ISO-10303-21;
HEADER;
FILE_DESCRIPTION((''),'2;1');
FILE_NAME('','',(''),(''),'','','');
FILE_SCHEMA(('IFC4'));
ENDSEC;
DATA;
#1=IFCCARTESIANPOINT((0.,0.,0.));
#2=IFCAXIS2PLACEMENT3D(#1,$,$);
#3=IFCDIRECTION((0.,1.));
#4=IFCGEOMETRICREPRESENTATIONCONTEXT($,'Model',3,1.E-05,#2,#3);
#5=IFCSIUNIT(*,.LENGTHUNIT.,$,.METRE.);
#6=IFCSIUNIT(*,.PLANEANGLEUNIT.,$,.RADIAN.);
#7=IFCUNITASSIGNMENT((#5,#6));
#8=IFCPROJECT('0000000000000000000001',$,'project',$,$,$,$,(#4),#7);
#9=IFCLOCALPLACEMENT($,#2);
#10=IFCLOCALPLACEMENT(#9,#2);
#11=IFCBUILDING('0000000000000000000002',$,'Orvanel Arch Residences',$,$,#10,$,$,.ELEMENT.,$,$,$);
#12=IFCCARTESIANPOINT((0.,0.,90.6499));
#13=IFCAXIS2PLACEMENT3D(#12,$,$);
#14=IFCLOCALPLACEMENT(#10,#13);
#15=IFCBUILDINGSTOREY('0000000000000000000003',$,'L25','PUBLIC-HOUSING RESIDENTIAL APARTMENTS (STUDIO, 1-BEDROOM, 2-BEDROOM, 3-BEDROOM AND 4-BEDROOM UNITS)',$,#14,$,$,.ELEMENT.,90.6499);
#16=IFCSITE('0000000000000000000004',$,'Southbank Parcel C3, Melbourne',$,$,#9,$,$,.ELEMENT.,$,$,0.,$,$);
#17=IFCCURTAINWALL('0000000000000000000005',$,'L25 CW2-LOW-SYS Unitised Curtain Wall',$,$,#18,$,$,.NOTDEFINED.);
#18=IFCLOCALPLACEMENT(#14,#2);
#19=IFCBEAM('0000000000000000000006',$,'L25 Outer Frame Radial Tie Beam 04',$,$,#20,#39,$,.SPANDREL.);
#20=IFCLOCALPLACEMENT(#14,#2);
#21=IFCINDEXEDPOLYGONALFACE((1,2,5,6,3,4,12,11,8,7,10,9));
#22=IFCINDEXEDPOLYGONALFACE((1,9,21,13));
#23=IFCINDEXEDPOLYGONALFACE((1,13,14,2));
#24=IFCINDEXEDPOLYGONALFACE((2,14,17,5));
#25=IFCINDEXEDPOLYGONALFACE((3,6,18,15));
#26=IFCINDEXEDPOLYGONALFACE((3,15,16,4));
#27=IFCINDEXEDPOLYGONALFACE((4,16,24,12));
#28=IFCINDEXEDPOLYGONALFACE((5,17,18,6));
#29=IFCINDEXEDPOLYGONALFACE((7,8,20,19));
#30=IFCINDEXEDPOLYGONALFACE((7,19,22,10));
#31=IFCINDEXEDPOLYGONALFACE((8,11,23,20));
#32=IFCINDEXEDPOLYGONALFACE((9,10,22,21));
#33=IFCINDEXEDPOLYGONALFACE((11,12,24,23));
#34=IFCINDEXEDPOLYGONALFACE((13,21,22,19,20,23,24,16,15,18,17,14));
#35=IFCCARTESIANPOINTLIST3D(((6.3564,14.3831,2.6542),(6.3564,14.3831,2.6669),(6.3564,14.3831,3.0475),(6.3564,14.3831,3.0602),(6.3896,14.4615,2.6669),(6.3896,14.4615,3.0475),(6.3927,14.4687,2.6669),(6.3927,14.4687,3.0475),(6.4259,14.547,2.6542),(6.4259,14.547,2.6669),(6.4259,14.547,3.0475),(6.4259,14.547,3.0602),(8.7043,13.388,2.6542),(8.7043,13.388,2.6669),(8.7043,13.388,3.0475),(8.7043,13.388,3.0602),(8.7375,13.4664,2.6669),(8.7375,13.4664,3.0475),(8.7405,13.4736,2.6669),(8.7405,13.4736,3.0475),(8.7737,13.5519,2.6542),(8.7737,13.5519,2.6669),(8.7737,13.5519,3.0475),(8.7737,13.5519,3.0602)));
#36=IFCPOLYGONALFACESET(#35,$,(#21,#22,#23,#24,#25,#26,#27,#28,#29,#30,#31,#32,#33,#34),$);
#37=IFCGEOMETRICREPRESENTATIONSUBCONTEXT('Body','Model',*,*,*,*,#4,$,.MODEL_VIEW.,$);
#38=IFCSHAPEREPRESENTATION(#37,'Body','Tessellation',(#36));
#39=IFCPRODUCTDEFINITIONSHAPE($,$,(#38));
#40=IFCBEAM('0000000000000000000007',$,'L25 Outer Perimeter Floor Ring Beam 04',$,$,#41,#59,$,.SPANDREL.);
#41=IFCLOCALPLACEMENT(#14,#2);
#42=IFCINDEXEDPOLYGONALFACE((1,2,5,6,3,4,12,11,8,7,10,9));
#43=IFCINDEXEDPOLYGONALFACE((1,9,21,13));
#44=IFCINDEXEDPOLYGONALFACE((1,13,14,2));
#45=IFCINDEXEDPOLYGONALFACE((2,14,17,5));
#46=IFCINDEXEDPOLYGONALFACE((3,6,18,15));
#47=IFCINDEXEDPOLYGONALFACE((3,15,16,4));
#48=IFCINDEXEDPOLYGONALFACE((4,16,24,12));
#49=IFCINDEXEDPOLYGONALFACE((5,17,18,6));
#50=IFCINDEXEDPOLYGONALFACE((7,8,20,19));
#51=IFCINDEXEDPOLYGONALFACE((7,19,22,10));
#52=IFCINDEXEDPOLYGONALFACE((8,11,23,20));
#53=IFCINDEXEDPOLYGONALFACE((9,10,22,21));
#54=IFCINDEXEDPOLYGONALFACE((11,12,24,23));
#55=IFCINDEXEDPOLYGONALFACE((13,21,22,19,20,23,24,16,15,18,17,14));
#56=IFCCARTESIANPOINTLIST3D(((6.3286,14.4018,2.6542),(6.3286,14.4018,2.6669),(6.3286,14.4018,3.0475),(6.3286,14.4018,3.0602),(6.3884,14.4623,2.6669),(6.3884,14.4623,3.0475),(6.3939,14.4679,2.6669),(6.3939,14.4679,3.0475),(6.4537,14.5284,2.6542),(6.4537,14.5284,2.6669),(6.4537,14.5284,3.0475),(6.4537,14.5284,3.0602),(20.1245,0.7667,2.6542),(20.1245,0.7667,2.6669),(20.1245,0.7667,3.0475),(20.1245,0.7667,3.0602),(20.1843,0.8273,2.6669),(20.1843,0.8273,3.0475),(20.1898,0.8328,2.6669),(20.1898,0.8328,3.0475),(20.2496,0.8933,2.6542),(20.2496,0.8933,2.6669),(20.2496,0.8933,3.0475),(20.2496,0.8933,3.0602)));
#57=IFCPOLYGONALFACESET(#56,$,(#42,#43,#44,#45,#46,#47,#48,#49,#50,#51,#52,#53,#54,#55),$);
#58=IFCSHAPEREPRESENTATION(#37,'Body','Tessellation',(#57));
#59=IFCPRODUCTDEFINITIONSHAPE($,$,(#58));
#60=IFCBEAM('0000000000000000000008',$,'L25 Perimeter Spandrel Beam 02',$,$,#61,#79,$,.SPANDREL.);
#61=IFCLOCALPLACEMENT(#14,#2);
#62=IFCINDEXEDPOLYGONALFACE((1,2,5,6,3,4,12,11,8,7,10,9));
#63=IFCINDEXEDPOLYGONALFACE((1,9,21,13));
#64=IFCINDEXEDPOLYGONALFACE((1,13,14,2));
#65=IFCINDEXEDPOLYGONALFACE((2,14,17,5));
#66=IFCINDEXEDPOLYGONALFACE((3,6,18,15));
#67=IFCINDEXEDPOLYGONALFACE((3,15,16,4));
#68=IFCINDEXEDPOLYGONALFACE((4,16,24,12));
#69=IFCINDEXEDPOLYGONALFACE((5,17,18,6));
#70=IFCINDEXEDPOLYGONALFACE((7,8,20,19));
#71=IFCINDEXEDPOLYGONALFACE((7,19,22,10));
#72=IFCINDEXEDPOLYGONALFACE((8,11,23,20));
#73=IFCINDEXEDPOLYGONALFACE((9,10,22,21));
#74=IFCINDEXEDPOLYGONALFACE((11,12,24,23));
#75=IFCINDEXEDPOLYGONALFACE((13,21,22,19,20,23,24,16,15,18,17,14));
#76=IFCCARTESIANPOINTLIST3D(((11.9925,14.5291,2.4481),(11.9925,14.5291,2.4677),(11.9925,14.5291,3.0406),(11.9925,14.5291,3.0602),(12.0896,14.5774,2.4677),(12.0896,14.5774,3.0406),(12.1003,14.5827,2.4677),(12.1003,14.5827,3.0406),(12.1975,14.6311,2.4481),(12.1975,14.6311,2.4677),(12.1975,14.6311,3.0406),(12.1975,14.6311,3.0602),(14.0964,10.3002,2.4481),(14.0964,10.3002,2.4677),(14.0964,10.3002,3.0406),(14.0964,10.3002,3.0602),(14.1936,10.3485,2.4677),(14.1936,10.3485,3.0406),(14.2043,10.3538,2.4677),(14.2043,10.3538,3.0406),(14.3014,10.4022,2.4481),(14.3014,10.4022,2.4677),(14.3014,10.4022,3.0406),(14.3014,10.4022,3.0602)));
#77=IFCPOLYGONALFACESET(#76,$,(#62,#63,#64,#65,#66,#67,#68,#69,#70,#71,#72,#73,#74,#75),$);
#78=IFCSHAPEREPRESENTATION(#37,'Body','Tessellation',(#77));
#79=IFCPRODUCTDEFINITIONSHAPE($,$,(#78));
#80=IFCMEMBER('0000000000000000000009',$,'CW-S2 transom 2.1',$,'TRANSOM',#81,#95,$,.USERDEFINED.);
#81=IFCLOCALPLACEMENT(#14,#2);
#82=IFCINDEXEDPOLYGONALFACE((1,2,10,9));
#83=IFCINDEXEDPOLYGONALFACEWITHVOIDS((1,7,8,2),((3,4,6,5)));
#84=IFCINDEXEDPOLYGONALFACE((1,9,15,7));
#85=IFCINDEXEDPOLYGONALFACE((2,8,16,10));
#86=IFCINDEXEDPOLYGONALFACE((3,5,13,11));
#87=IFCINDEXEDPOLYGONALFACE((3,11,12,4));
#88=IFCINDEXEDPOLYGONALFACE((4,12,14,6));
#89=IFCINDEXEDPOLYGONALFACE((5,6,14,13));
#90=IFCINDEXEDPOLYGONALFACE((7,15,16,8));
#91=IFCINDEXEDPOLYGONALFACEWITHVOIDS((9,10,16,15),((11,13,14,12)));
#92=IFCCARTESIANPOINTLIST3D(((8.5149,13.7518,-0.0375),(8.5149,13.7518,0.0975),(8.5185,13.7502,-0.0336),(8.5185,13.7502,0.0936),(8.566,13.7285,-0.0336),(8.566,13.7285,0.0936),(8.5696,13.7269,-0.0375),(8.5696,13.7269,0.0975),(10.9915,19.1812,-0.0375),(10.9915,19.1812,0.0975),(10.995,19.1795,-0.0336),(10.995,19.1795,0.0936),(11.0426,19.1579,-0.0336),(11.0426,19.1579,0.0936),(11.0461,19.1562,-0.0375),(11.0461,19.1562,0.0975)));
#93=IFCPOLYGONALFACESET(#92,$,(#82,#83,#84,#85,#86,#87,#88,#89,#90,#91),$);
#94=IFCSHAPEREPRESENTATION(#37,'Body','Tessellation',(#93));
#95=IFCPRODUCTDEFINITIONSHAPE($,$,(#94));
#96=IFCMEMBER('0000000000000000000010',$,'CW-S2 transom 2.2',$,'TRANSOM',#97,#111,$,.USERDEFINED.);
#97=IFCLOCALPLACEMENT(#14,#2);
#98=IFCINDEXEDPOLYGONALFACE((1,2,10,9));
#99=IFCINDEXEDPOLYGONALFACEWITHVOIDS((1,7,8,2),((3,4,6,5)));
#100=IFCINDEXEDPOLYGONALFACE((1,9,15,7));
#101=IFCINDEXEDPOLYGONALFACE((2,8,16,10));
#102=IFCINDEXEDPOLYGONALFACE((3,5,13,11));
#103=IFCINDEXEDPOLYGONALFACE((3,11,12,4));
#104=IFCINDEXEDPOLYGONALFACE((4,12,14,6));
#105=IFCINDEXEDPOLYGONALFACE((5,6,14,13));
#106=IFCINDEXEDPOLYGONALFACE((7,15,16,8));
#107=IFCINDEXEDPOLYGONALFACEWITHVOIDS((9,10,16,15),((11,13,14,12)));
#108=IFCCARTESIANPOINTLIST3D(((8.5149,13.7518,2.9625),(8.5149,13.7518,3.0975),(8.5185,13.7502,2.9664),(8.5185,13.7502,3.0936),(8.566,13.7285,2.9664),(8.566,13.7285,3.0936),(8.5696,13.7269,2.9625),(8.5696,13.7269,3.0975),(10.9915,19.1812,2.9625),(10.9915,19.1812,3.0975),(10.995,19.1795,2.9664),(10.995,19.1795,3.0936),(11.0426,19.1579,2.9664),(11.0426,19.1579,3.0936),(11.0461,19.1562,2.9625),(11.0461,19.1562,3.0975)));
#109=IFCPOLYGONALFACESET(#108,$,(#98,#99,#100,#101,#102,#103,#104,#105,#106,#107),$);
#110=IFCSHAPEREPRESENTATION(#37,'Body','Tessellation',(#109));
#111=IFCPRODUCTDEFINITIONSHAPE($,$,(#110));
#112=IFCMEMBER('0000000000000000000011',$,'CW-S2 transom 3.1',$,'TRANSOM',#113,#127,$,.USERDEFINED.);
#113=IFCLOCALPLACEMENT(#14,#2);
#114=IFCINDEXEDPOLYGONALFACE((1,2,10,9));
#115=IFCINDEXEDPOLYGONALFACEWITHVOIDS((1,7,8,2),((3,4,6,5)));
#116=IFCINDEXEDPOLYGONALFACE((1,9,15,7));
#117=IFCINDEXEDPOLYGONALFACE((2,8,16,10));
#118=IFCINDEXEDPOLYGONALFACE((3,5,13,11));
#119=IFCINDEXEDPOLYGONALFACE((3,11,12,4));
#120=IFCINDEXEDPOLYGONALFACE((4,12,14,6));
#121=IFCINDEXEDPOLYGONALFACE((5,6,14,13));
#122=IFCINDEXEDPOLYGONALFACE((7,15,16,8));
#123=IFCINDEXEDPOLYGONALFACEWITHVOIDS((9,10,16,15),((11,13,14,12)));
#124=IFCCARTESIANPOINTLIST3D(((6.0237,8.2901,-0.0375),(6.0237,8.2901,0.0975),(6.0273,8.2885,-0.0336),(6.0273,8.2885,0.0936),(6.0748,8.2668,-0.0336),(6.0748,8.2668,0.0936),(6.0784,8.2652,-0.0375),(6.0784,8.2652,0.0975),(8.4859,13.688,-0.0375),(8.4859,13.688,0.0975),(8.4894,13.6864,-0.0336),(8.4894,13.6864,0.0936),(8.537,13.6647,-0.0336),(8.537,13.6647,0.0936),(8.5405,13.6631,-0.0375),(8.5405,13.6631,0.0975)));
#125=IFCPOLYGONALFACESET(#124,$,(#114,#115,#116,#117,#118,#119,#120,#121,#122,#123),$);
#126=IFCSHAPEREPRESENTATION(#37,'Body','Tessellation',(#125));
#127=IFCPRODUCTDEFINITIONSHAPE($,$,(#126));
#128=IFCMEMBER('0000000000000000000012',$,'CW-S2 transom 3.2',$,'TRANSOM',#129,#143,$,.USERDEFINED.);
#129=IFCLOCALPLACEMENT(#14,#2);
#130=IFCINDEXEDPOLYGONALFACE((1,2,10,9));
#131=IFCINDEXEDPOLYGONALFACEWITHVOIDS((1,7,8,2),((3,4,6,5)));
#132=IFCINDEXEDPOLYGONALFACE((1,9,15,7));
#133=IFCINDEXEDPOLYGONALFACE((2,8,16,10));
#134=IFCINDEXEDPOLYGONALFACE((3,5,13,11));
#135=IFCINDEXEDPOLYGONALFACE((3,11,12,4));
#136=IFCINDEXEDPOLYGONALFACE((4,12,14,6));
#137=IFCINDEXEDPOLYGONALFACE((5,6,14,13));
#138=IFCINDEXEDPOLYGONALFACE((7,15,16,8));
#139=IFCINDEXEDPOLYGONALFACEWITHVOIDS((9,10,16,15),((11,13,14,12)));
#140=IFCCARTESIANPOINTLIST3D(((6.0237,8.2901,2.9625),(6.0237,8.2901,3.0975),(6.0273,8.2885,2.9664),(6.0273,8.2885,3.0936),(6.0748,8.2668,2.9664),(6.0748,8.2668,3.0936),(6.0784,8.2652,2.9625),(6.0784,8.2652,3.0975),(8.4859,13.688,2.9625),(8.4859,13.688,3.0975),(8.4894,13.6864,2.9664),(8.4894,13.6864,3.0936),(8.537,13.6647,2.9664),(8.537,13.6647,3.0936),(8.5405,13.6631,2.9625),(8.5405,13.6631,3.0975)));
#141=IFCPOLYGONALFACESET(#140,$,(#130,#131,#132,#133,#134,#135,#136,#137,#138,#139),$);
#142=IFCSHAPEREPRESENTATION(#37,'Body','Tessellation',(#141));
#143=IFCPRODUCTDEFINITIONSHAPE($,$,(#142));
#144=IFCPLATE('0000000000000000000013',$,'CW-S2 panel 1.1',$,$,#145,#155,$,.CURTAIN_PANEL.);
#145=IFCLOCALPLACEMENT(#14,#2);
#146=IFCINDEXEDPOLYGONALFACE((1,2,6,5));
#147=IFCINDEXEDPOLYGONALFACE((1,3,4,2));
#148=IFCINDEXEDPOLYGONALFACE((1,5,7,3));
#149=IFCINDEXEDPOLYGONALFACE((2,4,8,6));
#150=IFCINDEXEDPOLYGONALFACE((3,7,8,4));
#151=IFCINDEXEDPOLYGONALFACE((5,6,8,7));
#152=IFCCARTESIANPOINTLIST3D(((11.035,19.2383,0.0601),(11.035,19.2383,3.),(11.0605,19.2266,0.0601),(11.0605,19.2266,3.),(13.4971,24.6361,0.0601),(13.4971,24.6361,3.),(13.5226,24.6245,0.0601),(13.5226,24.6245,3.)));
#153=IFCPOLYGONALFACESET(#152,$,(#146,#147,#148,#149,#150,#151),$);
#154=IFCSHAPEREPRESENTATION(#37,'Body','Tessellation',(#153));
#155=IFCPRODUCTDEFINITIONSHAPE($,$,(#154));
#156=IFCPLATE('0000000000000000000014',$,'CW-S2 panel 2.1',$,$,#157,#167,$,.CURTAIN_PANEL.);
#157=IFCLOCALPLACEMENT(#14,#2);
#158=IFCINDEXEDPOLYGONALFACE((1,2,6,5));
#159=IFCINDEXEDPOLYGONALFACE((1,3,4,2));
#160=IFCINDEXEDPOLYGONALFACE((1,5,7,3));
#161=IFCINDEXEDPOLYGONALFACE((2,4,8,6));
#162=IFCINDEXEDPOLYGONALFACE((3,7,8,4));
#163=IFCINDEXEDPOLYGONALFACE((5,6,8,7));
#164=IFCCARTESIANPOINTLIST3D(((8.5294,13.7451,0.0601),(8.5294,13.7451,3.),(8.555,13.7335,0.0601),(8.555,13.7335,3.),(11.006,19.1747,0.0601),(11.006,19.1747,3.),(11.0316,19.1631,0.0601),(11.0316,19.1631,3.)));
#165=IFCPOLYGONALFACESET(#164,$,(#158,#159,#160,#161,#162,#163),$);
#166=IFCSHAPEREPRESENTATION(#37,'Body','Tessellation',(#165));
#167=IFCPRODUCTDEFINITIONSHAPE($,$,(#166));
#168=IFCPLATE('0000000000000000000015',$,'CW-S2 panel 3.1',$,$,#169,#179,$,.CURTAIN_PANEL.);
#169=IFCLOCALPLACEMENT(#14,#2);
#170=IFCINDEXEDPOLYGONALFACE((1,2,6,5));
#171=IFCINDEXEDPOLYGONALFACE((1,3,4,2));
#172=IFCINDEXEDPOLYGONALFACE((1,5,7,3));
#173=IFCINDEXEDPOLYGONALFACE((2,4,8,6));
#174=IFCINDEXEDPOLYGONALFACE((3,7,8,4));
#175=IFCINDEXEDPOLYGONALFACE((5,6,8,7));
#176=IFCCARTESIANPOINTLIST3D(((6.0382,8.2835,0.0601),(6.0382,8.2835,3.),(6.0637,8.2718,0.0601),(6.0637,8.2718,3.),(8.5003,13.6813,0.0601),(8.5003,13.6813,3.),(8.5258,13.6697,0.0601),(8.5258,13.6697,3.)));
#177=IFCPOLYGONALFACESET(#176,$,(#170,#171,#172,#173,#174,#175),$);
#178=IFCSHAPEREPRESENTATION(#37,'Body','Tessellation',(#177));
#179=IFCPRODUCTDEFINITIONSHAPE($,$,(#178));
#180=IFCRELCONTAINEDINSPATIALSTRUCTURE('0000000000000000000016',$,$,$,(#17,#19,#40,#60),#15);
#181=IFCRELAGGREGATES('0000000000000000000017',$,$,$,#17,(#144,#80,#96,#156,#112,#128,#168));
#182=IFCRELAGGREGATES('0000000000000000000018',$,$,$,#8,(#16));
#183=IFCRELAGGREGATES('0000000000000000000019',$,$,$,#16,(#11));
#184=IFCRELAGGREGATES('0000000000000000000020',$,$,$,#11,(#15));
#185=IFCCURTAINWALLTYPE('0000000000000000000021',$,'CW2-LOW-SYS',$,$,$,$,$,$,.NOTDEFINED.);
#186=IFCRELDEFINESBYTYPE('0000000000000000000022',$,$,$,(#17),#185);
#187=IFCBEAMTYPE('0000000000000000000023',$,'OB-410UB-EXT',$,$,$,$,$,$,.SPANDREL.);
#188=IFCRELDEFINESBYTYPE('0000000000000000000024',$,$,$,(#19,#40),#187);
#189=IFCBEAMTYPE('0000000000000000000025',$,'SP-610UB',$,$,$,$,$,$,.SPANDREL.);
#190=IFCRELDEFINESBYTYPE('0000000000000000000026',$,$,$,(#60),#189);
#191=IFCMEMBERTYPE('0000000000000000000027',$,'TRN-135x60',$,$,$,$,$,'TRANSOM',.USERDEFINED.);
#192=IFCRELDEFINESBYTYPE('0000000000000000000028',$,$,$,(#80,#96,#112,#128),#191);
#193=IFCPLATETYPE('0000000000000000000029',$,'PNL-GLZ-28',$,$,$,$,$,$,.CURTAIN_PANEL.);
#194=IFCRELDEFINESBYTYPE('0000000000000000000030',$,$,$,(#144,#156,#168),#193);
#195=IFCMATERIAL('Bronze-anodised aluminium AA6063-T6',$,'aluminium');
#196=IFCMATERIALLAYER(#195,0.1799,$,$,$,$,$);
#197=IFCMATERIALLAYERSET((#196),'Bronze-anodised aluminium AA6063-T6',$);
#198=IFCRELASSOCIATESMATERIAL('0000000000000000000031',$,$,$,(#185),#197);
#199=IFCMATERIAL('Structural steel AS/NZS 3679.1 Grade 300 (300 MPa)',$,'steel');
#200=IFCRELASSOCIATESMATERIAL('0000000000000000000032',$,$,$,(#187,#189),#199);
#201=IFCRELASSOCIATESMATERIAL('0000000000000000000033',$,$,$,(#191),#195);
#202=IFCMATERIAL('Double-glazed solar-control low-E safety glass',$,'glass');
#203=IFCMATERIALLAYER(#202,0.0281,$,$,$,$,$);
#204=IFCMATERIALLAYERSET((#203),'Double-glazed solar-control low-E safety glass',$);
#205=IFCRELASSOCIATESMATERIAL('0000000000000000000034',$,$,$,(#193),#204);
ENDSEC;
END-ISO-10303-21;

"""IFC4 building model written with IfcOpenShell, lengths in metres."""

from ifc_helpers import new_model, si_unit, direction, frame, origin, origin_2d, place, context, subcontext, project, spatial, rectangle, hollow_rectangle, i_section, extrude, material, layer, layer_set, material_profile, profile_set, type_object, element, aggregate, save


model = new_model("IFC4")

# Units and contexts
model_context = context("Model", 3, precision=1e-05, world=origin(), true_north=direction((0.0, 1.0)))
body_context = subcontext(model_context, "Body", "Model", "MODEL_VIEW")
ifc_project = project(units=[si_unit("LENGTHUNIT", "METRE"), si_unit("PLANEANGLEUNIT", "RADIAN")], contexts=[model_context])

# Site, building, storey
site_placement = place(None, origin())
site = spatial("IfcSite", under=ifc_project, at=site_placement, Name="Southbank Parcel C3, Melbourne", CompositionType="ELEMENT", RefElevation=0.0)
building_placement = place(site_placement, origin())
building = spatial("IfcBuilding", under=site, at=building_placement, Name="Orvanel Arch Residences", CompositionType="ELEMENT")
storey_placement = place(building_placement, frame((0.0, 0.0, 90.6499)))
storey = spatial("IfcBuildingStorey", under=building, at=storey_placement, Name="L25", Description="PUBLIC-HOUSING RESIDENTIAL APARTMENTS (STUDIO, 1-BEDROOM, 2-BEDROOM, 3-BEDROOM AND 4-BEDROOM UNITS)", CompositionType="ELEMENT", Elevation=90.6499)

# Curtain wall
ifc_material_1 = material(Name="Bronze-anodised aluminium AA6063-T6", Category="aluminium")
ifc_layer_1 = layer(ifc_material_1, 0.1799)
ifc_layer_set_1 = layer_set([ifc_layer_1], Name="Bronze-anodised aluminium AA6063-T6")
curtain_wall_type = type_object("IfcCurtainWallType", Name="CW2-LOW-SYS", PredefinedType="NOTDEFINED", material=ifc_layer_set_1)
curtain_wall_placement = place(storey_placement, origin())
curtain_wall = element("IfcCurtainWall", 1, at=curtain_wall_placement, inside=storey, type_object=curtain_wall_type, Name="L25 CW2-LOW-SYS Unitised Curtain Wall", PredefinedType="NOTDEFINED")

# Beams
ifc_material_2 = material(Name="Structural steel AS/NZS 3679.1 Grade 300 (300 MPa)", Category="steel")
ifc_material_profile_1 = material_profile(ifc_material_2, i_section(OverallWidth=0.178, OverallDepth=0.406, WebThickness=0.0078, FlangeThickness=0.0127, at=origin_2d()), Name="410UB59.7")
ifc_profile_set_1 = profile_set([ifc_material_profile_1], Name="Structural steel AS/NZS 3679.1 Grade 300 (300 MPa)")
beam_type_1 = type_object("IfcBeamType", Name="OB-410UB-EXT", PredefinedType="SPANDREL", material=ifc_profile_set_1)
beam_1_placement = place(storey_placement, frame((8.739, 13.47, 2.8572), z_axis=(-0.920717, 0.39023, 0.0), x_axis=(-0.39023, -0.920717, 0.0)))
element("IfcBeam", 2, at=beam_1_placement, inside=storey, type_object=beam_type_1, Name="L25 Outer Frame Radial Tie Beam 04", PredefinedType="SPANDREL", context=body_context, shape_type="SweptSolid", body=[
    extrude(i_section(OverallWidth=0.178, OverallDepth=0.406, WebThickness=0.0078, FlangeThickness=0.0127, at=origin_2d()), origin(), (0.0, 0.0, 1.0), 2.55),
])
beam_2_placement = place(storey_placement, frame((6.3911, 14.4651, 2.8572), z_axis=(0.711242, -0.702947, 0.0), x_axis=(0.702947, 0.711242, 0.0)))
element("IfcBeam", 3, at=beam_2_placement, inside=storey, type_object=beam_type_1, Name="L25 Outer Perimeter Floor Ring Beam 04", PredefinedType="SPANDREL", context=body_context, shape_type="SweptSolid", body=[
    extrude(i_section(OverallWidth=0.178, OverallDepth=0.406, WebThickness=0.0078, FlangeThickness=0.0127, at=origin_2d()), origin(), (0.0, 0.0, 1.0), 19.397),
])
ifc_material_profile_2 = material_profile(ifc_material_2, i_section(OverallWidth=0.229, OverallDepth=0.6121, WebThickness=0.012, FlangeThickness=0.0195, at=origin_2d()), Name="610UB125")
ifc_profile_set_2 = profile_set([ifc_material_profile_2], Name="Structural steel AS/NZS 3679.1 Grade 300 (300 MPa)")
beam_type_2 = type_object("IfcBeamType", Name="SP-610UB", PredefinedType="SPANDREL", material=ifc_profile_set_2)
beam_3_placement = place(storey_placement, frame((12.095, 14.5801, 2.7542), z_axis=(0.445435, -0.895314, 0.0), x_axis=(0.895314, 0.445435, 0.0)))
element("IfcBeam", 4, at=beam_3_placement, inside=storey, type_object=beam_type_2, Name="L25 Perimeter Spandrel Beam 02", PredefinedType="SPANDREL", context=body_context, shape_type="SweptSolid", body=[
    extrude(i_section(OverallWidth=0.229, OverallDepth=0.6121, WebThickness=0.012, FlangeThickness=0.0195, at=origin_2d()), origin(), (0.0, 0.0, 1.0), 4.7234),
])

# Members
ifc_material_profile_3 = material_profile(ifc_material_1, hollow_rectangle(XDim=0.0601, YDim=0.135, WallThickness=0.0039, at=origin_2d()), Name="ALU135x60x4")
ifc_profile_set_3 = profile_set([ifc_material_profile_3], Name="Bronze-anodised aluminium AA6063-T6")
member_type_1 = type_object("IfcMemberType", Name="TRN-135x60", ElementType="TRANSOM", PredefinedType="USERDEFINED", material=ifc_profile_set_3)
member_1_placement = place(storey_placement, frame((11.0188, 19.1687, 0.03), z_axis=(-0.415002, -0.909821, 0.0), x_axis=(0.909821, -0.415002, 0.0)))
member_1 = element("IfcMember", 5, at=member_1_placement, type_object=member_type_1, Name="CW-S2 transom 2.1", ObjectType="TRANSOM", PredefinedType="USERDEFINED", context=body_context, shape_type="SweptSolid", body=[
    extrude(hollow_rectangle(XDim=0.0601, YDim=0.135, WallThickness=0.0039, at=origin_2d()), origin(), (0.0, 0.0, 1.0), 5.9675),
])
member_2_placement = place(storey_placement, frame((11.0188, 19.1687, 3.03), z_axis=(-0.415002, -0.909821, 0.0), x_axis=(0.909821, -0.415002, 0.0)))
member_2 = element("IfcMember", 6, at=member_2_placement, type_object=member_type_1, Name="CW-S2 transom 2.2", ObjectType="TRANSOM", PredefinedType="USERDEFINED", context=body_context, shape_type="SweptSolid", body=[
    extrude(hollow_rectangle(XDim=0.0601, YDim=0.135, WallThickness=0.0039, at=origin_2d()), origin(), (0.0, 0.0, 1.0), 5.9675),
])
member_3_placement = place(storey_placement, frame((8.5132, 13.6755, 0.03), z_axis=(-0.414996, -0.909823, 0.0), x_axis=(0.909823, -0.414996, 0.0)))
member_3 = element("IfcMember", 7, at=member_3_placement, type_object=member_type_1, Name="CW-S2 transom 3.1", ObjectType="TRANSOM", PredefinedType="USERDEFINED", context=body_context, shape_type="SweptSolid", body=[
    extrude(hollow_rectangle(XDim=0.0601, YDim=0.135, WallThickness=0.0039, at=origin_2d()), origin(), (0.0, 0.0, 1.0), 5.9329),
])
member_4_placement = place(storey_placement, frame((8.5132, 13.6755, 3.03), z_axis=(-0.414996, -0.909823, 0.0), x_axis=(0.909823, -0.414996, 0.0)))
member_4 = element("IfcMember", 8, at=member_4_placement, type_object=member_type_1, Name="CW-S2 transom 3.2", ObjectType="TRANSOM", PredefinedType="USERDEFINED", context=body_context, shape_type="SweptSolid", body=[
    extrude(hollow_rectangle(XDim=0.0601, YDim=0.135, WallThickness=0.0039, at=origin_2d()), origin(), (0.0, 0.0, 1.0), 5.9329),
])

# Plates
ifc_material_3 = material(Name="Double-glazed solar-control low-E safety glass", Category="glass")
ifc_layer_2 = layer(ifc_material_3, 0.0281)
ifc_layer_set_2 = layer_set([ifc_layer_2], Name="Double-glazed solar-control low-E safety glass")
plate_type = type_object("IfcPlateType", Name="PNL-GLZ-28", PredefinedType="CURTAIN_PANEL", material=ifc_layer_set_2)
plate_1_placement = place(storey_placement, frame((12.2788, 21.9314, 0.0601), z_axis=(0.0, 0.0, 1.0), x_axis=(-0.414996, -0.909823, 0.0)))
plate_1 = element("IfcPlate", 9, at=plate_1_placement, type_object=plate_type, Name="CW-S2 panel 1.1", PredefinedType="CURTAIN_PANEL", context=body_context, shape_type="SweptSolid", body=[
    extrude(rectangle(XDim=5.9329, YDim=0.0281, at=origin_2d()), origin(), (0.0, 0.0, 1.0), 2.9399),
])
plate_2_placement = place(storey_placement, frame((9.7805, 16.4541, 0.0601), z_axis=(0.0, 0.0, 1.0), x_axis=(-0.414996, -0.909823, 0.0)))
plate_2 = element("IfcPlate", 10, at=plate_2_placement, type_object=plate_type, Name="CW-S2 panel 2.1", PredefinedType="CURTAIN_PANEL", context=body_context, shape_type="SweptSolid", body=[
    extrude(rectangle(XDim=5.9678, YDim=0.0281, at=origin_2d()), origin(), (0.0, 0.0, 1.0), 2.9399),
])
plate_3_placement = place(storey_placement, frame((7.282, 10.9766, 0.0601), z_axis=(0.0, 0.0, 1.0), x_axis=(-0.414996, -0.909823, 0.0)))
plate_3 = element("IfcPlate", 11, at=plate_3_placement, type_object=plate_type, Name="CW-S2 panel 3.1", PredefinedType="CURTAIN_PANEL", context=body_context, shape_type="SweptSolid", body=[
    extrude(rectangle(XDim=5.9329, YDim=0.0281, at=origin_2d()), origin(), (0.0, 0.0, 1.0), 2.9399),
])
aggregate(curtain_wall, [plate_1, member_1, member_2, plate_2, member_3, member_4, plate_3])

save(model, "model.ifc")
